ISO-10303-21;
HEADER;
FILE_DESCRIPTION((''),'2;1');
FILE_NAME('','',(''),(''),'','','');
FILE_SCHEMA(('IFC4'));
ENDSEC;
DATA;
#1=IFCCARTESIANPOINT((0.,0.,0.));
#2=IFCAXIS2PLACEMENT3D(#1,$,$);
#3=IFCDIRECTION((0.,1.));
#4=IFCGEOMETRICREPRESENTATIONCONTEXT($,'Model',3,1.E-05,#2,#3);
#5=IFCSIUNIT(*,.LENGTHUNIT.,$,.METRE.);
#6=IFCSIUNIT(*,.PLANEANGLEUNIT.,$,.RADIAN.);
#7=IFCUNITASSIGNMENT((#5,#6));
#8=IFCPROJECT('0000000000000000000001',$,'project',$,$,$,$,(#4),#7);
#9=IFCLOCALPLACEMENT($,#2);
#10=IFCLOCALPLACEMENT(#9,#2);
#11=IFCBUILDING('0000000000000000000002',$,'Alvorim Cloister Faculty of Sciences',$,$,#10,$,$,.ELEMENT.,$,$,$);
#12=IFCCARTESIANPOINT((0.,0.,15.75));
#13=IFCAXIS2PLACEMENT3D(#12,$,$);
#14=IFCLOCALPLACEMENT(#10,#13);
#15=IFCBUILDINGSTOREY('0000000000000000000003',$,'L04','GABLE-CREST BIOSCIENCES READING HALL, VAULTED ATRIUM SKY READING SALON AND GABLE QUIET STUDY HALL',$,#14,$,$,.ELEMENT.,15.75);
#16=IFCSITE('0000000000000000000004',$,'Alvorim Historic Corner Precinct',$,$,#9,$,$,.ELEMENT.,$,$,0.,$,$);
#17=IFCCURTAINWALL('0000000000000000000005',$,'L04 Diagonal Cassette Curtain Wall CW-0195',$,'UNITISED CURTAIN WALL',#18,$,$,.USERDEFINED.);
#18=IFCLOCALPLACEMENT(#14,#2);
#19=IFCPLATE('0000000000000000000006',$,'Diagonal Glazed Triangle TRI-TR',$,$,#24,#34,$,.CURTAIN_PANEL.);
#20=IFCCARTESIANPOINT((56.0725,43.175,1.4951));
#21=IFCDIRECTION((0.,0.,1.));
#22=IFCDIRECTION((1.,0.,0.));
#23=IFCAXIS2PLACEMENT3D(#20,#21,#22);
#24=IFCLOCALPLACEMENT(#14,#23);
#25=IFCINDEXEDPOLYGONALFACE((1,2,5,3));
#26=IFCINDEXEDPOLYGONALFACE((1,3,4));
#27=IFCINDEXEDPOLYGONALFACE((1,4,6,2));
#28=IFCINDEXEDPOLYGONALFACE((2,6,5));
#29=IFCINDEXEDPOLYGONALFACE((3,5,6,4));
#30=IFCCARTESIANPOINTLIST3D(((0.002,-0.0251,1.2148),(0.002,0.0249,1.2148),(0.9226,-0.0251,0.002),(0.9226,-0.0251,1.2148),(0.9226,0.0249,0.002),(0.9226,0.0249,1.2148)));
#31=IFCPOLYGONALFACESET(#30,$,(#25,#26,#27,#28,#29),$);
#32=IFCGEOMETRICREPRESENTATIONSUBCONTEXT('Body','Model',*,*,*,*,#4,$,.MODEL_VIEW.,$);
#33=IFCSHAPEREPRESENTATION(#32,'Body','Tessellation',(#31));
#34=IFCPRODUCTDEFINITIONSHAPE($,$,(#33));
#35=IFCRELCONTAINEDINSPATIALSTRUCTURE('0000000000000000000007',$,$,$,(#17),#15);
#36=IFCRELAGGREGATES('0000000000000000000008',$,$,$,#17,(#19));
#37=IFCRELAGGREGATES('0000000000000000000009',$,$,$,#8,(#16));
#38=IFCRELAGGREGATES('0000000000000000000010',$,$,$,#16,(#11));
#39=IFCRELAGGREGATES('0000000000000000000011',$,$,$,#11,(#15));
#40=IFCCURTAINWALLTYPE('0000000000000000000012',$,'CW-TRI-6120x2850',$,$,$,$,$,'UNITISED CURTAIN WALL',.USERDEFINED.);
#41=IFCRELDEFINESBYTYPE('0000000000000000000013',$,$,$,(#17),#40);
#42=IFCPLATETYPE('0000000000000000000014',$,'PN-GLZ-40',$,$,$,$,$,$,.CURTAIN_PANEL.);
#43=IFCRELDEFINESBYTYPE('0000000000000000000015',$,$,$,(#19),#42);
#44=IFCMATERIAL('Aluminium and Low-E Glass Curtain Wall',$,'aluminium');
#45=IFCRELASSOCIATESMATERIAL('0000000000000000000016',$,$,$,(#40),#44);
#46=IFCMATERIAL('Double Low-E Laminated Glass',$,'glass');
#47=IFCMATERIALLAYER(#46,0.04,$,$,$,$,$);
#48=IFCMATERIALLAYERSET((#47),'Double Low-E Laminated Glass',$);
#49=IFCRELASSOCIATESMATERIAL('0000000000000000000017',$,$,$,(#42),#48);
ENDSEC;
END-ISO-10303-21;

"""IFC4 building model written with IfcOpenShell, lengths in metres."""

from ifc_helpers import new_model, si_unit, direction, frame, origin, place, context, subcontext, project, spatial, polyline, outline, extrude, material, layer, layer_set, type_object, element, aggregate, save


model = new_model("IFC4")

# Units and contexts
model_context = context("Model", 3, precision=1e-05, world=origin(), true_north=direction((0.0, 1.0)))
body_context = subcontext(model_context, "Body", "Model", "MODEL_VIEW")
ifc_project = project(units=[si_unit("LENGTHUNIT", "METRE"), si_unit("PLANEANGLEUNIT", "RADIAN")], contexts=[model_context])

# Site, building, storey
site_placement = place(None, origin())
site = spatial("IfcSite", under=ifc_project, at=site_placement, Name="Alvorim Historic Corner Precinct", CompositionType="ELEMENT", RefElevation=0.0)
building_placement = place(site_placement, origin())
building = spatial("IfcBuilding", under=site, at=building_placement, Name="Alvorim Cloister Faculty of Sciences", CompositionType="ELEMENT")
storey_placement = place(building_placement, frame((0.0, 0.0, 15.75)))
storey = spatial("IfcBuildingStorey", under=building, at=storey_placement, Name="L04", Description="GABLE-CREST BIOSCIENCES READING HALL, VAULTED ATRIUM SKY READING SALON AND GABLE QUIET STUDY HALL", CompositionType="ELEMENT", Elevation=15.75)

# Curtain wall
ifc_material_1 = material(Name="Aluminium and Low-E Glass Curtain Wall", Category="aluminium")
curtain_wall_type = type_object("IfcCurtainWallType", Name="CW-TRI-6120x2850", ElementType="UNITISED CURTAIN WALL", PredefinedType="USERDEFINED", material=ifc_material_1)
curtain_wall_1_placement = place(storey_placement, origin())
curtain_wall_1 = element("IfcCurtainWall", 1, at=curtain_wall_1_placement, inside=storey, type_object=curtain_wall_type, Name="L04 Diagonal Cassette Curtain Wall CW-0195", ObjectType="UNITISED CURTAIN WALL", PredefinedType="USERDEFINED")

# Plate
ifc_material_2 = material(Name="Double Low-E Laminated Glass", Category="glass")
ifc_layer_1 = layer(ifc_material_2, 0.04)
ifc_layer_set_1 = layer_set([ifc_layer_1], Name="Double Low-E Laminated Glass")
plate_type = type_object("IfcPlateType", Name="PN-GLZ-40", PredefinedType="CURTAIN_PANEL", material=ifc_layer_set_1)
plate_placement = place(storey_placement, frame((56.0725, 43.175, 1.4951), z_axis=(0.0, 0.0, 1.0), x_axis=(1.0, 0.0, 0.0)))
plate = element("IfcPlate", 2, at=plate_placement, type_object=plate_type, Name="Diagonal Glazed Triangle TRI-TR", PredefinedType="CURTAIN_PANEL", context=body_context, shape_type="SweptSolid", body=[
    extrude(outline(polyline([(0.9226, 0.002), (0.9226, 1.2148), (0.002, 1.2148), (0.9226, 0.002)])), frame((0.0, 0.0249, 0.0), z_axis=(0.0, -1.0, 0.0), x_axis=(1.0, 0.0, 0.0)), (0.0, 0.0, 1.0), 0.05),
])
aggregate(curtain_wall_1, [plate])

save(model, "model.ifc")
